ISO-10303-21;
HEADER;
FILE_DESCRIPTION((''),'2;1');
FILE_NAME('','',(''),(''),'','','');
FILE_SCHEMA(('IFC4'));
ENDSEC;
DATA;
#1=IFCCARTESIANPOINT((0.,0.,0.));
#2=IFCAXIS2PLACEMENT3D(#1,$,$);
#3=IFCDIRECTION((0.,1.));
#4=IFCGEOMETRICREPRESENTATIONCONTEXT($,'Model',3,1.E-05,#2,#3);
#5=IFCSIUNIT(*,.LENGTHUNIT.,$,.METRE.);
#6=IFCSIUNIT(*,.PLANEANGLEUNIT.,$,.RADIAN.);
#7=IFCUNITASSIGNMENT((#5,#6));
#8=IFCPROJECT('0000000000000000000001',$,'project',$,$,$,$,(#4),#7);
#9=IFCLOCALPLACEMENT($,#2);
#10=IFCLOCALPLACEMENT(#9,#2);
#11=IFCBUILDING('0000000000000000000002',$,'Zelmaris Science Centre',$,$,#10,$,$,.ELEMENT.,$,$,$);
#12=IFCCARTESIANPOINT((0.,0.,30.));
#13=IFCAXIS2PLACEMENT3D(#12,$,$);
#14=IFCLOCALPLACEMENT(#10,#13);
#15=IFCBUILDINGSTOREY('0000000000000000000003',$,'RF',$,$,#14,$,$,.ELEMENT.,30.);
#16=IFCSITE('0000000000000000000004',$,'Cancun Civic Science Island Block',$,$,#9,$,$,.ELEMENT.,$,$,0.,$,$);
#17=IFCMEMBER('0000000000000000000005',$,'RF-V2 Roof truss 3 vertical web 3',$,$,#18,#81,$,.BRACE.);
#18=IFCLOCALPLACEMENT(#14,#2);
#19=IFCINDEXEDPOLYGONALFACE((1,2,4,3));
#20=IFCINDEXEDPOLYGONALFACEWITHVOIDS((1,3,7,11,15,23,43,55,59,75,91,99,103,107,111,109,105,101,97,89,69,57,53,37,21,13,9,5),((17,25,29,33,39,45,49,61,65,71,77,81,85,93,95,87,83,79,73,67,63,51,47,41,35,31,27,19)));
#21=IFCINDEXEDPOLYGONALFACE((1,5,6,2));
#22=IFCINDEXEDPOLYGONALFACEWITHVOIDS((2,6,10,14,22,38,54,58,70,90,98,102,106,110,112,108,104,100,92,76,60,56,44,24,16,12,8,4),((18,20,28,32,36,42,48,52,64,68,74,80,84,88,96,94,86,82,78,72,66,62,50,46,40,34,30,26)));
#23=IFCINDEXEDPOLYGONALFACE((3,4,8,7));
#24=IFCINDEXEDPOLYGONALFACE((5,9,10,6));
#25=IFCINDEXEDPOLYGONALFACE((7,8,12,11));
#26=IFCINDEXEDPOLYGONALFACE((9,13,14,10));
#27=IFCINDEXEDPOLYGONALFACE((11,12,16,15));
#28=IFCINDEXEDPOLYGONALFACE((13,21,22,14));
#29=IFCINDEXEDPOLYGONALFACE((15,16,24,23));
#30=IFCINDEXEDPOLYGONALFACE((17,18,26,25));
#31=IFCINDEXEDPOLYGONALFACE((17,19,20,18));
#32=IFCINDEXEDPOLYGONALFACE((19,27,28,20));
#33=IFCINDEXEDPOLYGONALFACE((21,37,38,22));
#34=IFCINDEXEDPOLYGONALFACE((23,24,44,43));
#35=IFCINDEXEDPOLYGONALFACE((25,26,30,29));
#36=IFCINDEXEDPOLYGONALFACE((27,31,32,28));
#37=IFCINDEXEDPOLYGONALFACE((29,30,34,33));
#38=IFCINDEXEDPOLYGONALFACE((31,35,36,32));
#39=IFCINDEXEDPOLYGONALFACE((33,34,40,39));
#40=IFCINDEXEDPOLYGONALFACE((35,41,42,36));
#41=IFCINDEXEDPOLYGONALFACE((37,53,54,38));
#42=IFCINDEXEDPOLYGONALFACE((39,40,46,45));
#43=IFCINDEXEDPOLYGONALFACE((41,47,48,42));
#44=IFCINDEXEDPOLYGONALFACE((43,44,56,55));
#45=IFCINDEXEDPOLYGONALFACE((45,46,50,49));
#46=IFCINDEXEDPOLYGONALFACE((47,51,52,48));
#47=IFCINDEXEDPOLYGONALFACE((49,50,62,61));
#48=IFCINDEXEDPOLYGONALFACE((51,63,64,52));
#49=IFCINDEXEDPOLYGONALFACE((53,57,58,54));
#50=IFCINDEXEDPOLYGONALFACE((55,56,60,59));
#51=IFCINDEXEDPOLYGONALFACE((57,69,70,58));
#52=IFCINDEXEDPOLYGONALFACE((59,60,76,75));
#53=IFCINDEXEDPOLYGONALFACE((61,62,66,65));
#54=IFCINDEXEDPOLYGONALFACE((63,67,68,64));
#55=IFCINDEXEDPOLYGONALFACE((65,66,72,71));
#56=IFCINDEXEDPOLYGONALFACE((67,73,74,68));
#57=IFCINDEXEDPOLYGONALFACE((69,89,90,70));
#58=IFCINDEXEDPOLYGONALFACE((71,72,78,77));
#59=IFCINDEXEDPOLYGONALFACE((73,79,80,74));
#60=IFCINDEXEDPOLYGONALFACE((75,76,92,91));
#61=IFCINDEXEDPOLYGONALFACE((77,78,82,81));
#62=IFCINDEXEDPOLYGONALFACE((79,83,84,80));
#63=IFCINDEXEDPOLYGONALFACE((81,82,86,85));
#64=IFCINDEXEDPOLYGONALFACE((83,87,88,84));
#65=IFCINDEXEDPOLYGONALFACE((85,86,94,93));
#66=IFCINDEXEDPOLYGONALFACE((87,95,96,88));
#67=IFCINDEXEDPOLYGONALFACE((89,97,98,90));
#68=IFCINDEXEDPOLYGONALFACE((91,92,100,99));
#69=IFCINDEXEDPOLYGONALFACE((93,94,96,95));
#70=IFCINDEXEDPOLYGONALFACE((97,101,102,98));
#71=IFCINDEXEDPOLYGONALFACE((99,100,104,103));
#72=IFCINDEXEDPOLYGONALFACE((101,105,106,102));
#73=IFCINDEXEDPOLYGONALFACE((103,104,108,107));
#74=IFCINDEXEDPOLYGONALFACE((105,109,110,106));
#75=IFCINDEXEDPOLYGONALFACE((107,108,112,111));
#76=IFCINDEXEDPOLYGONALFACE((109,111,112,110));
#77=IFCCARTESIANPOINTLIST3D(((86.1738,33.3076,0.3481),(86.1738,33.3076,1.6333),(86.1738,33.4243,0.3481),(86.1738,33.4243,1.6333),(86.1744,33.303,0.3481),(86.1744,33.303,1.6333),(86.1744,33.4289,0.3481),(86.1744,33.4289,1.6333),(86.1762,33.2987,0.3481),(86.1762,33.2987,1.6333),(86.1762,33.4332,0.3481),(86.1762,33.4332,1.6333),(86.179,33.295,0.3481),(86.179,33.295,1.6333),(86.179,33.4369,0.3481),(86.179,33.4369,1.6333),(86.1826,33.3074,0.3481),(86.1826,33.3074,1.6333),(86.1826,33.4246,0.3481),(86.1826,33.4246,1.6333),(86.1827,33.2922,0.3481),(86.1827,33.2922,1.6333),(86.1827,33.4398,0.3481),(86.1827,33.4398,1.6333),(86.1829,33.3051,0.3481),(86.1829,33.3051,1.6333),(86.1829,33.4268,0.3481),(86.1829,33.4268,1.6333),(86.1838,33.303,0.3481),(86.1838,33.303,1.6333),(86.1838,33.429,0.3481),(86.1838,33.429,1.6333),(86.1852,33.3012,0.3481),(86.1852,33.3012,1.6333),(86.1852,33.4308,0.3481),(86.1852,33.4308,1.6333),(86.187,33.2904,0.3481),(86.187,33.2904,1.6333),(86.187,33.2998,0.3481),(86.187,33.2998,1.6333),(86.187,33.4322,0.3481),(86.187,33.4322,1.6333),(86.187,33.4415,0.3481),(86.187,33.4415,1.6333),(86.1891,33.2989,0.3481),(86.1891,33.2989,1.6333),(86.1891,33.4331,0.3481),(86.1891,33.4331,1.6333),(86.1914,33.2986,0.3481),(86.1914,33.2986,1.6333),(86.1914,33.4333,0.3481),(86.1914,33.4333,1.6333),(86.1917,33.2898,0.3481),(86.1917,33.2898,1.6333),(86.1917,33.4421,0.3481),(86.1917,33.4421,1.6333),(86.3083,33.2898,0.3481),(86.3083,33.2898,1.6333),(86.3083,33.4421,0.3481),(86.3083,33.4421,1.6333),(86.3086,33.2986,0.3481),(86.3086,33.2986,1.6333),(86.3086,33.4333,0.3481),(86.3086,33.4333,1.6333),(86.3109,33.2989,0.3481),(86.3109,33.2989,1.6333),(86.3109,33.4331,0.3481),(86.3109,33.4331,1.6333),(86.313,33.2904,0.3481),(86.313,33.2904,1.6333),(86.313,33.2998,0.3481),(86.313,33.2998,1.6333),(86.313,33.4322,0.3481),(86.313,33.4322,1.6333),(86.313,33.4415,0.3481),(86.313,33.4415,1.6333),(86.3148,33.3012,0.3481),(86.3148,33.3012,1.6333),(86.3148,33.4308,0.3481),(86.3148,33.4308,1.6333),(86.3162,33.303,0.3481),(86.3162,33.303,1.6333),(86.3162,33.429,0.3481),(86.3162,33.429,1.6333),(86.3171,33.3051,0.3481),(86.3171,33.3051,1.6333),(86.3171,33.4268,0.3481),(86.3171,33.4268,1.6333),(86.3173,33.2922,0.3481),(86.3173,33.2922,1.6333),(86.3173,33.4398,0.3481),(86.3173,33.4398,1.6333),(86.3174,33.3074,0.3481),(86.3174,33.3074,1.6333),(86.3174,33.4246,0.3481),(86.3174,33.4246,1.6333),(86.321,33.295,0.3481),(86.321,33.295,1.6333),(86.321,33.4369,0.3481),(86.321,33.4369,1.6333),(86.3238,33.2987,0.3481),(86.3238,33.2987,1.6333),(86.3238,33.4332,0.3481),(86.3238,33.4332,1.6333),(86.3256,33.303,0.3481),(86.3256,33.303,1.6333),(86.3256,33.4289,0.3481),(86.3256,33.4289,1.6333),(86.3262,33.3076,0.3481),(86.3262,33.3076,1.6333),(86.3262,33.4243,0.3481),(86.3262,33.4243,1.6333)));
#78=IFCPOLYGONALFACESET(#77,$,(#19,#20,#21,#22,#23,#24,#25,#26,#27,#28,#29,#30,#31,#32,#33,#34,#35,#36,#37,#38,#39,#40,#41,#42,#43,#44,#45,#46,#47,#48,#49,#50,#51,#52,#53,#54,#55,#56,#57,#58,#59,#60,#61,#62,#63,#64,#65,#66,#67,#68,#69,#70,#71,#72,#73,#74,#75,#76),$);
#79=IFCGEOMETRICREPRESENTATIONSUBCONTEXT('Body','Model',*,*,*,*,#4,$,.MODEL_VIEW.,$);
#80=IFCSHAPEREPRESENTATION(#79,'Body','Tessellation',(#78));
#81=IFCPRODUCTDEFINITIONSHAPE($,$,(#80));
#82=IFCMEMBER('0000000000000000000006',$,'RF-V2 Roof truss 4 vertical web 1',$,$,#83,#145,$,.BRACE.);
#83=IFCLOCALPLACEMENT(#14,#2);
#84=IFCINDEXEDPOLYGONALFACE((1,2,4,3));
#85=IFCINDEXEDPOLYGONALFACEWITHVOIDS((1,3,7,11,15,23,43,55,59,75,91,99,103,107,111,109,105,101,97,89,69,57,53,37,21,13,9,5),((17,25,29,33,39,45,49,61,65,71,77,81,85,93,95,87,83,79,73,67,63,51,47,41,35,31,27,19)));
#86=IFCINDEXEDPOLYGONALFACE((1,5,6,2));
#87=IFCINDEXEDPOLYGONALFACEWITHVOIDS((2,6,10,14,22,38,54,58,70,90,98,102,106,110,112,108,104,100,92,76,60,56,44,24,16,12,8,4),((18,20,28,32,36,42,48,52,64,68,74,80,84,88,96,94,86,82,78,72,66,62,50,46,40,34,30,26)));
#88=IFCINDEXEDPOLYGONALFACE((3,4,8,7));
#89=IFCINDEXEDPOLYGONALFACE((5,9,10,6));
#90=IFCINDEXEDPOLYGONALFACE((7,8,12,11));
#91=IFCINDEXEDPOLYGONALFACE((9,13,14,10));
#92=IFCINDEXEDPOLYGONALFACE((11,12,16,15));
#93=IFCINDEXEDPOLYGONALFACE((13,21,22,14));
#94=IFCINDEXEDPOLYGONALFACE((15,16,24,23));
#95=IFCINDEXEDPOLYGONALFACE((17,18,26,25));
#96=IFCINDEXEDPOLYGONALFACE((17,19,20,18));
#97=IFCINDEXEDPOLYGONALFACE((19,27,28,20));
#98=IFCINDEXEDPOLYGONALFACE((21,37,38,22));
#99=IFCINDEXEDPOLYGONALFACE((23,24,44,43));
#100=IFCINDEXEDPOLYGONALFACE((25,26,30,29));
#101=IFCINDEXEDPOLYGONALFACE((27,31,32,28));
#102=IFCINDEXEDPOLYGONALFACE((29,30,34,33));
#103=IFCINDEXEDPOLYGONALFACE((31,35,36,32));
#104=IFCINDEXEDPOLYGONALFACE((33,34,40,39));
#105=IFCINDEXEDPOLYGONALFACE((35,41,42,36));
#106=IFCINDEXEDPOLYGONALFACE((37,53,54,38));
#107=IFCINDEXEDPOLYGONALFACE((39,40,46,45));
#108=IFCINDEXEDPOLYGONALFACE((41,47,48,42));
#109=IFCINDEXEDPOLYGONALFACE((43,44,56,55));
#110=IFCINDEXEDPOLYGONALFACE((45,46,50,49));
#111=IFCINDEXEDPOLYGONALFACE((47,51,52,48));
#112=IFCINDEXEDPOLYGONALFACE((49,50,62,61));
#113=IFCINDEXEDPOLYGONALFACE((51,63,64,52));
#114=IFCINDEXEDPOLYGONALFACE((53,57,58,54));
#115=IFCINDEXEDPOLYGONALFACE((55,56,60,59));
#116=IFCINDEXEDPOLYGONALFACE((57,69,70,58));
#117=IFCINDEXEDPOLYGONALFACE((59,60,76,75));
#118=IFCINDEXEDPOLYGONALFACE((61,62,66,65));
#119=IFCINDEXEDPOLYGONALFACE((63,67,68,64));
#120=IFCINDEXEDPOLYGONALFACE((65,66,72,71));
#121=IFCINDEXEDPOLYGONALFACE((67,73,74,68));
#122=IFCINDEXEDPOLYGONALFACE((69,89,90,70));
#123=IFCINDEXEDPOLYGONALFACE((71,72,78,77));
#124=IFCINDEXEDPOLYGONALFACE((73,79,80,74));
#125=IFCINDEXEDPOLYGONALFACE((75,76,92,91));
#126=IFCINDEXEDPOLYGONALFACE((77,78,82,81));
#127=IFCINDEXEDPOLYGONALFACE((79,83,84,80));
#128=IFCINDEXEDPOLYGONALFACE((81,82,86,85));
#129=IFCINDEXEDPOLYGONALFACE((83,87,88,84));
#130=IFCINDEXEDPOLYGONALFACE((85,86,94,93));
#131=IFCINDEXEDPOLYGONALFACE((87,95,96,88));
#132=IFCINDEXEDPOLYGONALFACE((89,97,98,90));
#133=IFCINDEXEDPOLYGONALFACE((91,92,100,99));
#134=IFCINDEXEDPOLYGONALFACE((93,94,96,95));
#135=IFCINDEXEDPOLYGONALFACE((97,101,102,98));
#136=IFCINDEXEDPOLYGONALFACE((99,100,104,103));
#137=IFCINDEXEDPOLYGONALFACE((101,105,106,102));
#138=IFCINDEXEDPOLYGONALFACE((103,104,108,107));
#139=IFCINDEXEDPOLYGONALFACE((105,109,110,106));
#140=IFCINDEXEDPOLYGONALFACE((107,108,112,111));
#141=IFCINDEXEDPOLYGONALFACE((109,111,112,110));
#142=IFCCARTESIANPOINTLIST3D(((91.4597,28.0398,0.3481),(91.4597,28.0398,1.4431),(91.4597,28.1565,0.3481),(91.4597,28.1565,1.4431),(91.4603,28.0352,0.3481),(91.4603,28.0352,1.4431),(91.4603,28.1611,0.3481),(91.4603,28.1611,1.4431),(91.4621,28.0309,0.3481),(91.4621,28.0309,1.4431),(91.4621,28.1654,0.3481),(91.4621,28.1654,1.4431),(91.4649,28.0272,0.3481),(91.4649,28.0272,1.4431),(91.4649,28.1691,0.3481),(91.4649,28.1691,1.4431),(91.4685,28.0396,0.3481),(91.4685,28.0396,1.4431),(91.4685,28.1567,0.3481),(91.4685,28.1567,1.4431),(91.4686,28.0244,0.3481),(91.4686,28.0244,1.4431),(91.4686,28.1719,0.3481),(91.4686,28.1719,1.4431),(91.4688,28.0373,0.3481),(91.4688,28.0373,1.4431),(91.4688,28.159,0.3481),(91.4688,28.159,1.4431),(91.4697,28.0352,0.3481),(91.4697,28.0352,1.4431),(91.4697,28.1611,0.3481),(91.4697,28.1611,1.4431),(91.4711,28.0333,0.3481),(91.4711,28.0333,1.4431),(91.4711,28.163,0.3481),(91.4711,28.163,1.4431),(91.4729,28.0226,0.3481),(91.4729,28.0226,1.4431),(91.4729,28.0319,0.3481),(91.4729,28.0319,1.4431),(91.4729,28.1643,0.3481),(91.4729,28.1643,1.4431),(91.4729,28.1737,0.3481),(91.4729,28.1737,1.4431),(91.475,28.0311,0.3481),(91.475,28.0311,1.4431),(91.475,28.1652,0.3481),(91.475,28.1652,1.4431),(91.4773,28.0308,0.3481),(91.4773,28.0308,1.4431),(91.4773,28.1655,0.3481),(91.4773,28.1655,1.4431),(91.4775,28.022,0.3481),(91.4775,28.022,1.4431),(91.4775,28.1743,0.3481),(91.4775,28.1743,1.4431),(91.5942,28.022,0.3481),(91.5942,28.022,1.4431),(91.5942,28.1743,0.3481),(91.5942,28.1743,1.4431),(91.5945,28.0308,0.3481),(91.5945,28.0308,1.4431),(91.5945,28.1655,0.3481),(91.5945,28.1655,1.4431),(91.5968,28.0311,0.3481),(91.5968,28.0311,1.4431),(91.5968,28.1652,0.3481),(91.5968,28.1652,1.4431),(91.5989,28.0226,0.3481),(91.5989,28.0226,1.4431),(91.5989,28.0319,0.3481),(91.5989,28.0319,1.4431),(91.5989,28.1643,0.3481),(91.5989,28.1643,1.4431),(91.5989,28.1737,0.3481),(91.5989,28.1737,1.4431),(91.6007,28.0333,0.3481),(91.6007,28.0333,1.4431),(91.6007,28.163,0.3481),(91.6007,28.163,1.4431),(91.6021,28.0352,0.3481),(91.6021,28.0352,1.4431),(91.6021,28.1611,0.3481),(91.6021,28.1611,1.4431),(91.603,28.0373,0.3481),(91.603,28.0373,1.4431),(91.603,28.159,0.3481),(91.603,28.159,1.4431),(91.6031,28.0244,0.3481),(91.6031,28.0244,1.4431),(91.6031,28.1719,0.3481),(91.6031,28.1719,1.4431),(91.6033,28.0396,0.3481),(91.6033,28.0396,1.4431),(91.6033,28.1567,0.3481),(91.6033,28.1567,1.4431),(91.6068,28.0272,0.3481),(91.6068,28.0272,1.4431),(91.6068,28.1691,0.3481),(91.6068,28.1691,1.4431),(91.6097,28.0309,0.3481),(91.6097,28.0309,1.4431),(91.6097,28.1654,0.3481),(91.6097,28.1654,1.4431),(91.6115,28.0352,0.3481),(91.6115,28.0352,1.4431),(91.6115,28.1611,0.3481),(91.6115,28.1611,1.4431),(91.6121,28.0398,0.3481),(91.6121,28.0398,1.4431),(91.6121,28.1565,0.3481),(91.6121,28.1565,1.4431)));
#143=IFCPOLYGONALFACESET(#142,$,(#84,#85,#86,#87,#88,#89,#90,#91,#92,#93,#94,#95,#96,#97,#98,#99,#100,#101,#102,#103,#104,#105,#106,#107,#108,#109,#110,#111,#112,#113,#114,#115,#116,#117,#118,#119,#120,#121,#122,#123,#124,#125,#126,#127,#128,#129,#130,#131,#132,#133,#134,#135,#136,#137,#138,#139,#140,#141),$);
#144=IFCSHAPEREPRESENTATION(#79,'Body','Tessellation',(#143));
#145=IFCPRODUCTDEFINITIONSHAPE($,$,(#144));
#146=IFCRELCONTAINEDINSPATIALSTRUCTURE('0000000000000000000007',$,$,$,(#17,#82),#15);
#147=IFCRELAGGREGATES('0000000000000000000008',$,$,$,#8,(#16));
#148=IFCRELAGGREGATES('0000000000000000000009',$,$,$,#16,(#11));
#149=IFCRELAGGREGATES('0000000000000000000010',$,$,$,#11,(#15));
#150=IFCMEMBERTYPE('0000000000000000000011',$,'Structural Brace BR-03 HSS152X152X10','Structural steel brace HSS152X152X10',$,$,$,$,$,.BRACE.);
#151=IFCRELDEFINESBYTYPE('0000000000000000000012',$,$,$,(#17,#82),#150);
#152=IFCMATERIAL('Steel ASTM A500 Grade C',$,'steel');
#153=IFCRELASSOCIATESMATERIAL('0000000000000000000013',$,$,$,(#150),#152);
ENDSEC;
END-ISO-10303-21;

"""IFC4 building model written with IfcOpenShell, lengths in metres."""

from ifc_helpers import new_model, si_unit, direction, frame, origin, origin_2d, place, context, subcontext, project, spatial, hollow_rectangle, extrude, material, material_profile, profile_set, type_object, element, save


model = new_model("IFC4")

# Units and contexts
model_context = context("Model", 3, precision=1e-05, world=origin(), true_north=direction((0.0, 1.0)))
body_context = subcontext(model_context, "Body", "Model", "MODEL_VIEW")
ifc_project = project(units=[si_unit("LENGTHUNIT", "METRE"), si_unit("PLANEANGLEUNIT", "RADIAN")], contexts=[model_context])

# Site, building, storey
site_placement = place(None, origin())
site = spatial("IfcSite", under=ifc_project, at=site_placement, Name="Cancun Civic Science Island Block", CompositionType="ELEMENT", RefElevation=0.0)
building_placement = place(site_placement, origin())
building = spatial("IfcBuilding", under=site, at=building_placement, Name="Zelmaris Science Centre", CompositionType="ELEMENT")
storey_placement = place(building_placement, frame((0.0, 0.0, 30.0)))
storey = spatial("IfcBuildingStorey", under=building, at=storey_placement, Name="RF", CompositionType="ELEMENT", Elevation=30.0)

# Shared definitions
ifc_material_1 = material(Name="Steel ASTM A500 Grade C", Category="steel")

# Members
ifc_material_profile_1 = material_profile(ifc_material_1, hollow_rectangle(XDim=0.1523, YDim=0.1523, WallThickness=0.0088, InnerFilletRadius=0.0088, OuterFilletRadius=0.0178, at=origin_2d()), Name="HSS152X152X10")
ifc_profile_set_1 = profile_set([ifc_material_profile_1], Name="Steel ASTM A500 Grade C")
member_type_1 = type_object("IfcMemberType", Name="Structural Brace BR-03 HSS152X152X10", Description="Structural steel brace HSS152X152X10", PredefinedType="BRACE", material=ifc_profile_set_1)
member_1_placement = place(storey_placement, frame((86.25, 33.366, 0.3481), z_axis=(0.0, 0.0, 1.0), x_axis=(1.0, 0.0, 0.0)))
element("IfcMember", 1, at=member_1_placement, inside=storey, type_object=member_type_1, Name="RF-V2 Roof truss 3 vertical web 3", PredefinedType="BRACE", context=body_context, shape_type="SweptSolid", body=[
    extrude(hollow_rectangle(XDim=0.1523, YDim=0.1523, WallThickness=0.0088, InnerFilletRadius=0.0088, OuterFilletRadius=0.0178, at=origin_2d()), origin(), (0.0, 0.0, 1.0), 1.2852),
])
member_2_placement = place(storey_placement, frame((91.5359, 28.0981, 0.3481), z_axis=(0.0, 0.0, 1.0), x_axis=(1.0, 0.0, 0.0)))
element("IfcMember", 2, at=member_2_placement, inside=storey, type_object=member_type_1, Name="RF-V2 Roof truss 4 vertical web 1", PredefinedType="BRACE", context=body_context, shape_type="SweptSolid", body=[
    extrude(hollow_rectangle(XDim=0.1523, YDim=0.1523, WallThickness=0.0088, InnerFilletRadius=0.0088, OuterFilletRadius=0.0178, at=origin_2d()), origin(), (0.0, 0.0, 1.0), 1.095),
])

save(model, "model.ifc")
